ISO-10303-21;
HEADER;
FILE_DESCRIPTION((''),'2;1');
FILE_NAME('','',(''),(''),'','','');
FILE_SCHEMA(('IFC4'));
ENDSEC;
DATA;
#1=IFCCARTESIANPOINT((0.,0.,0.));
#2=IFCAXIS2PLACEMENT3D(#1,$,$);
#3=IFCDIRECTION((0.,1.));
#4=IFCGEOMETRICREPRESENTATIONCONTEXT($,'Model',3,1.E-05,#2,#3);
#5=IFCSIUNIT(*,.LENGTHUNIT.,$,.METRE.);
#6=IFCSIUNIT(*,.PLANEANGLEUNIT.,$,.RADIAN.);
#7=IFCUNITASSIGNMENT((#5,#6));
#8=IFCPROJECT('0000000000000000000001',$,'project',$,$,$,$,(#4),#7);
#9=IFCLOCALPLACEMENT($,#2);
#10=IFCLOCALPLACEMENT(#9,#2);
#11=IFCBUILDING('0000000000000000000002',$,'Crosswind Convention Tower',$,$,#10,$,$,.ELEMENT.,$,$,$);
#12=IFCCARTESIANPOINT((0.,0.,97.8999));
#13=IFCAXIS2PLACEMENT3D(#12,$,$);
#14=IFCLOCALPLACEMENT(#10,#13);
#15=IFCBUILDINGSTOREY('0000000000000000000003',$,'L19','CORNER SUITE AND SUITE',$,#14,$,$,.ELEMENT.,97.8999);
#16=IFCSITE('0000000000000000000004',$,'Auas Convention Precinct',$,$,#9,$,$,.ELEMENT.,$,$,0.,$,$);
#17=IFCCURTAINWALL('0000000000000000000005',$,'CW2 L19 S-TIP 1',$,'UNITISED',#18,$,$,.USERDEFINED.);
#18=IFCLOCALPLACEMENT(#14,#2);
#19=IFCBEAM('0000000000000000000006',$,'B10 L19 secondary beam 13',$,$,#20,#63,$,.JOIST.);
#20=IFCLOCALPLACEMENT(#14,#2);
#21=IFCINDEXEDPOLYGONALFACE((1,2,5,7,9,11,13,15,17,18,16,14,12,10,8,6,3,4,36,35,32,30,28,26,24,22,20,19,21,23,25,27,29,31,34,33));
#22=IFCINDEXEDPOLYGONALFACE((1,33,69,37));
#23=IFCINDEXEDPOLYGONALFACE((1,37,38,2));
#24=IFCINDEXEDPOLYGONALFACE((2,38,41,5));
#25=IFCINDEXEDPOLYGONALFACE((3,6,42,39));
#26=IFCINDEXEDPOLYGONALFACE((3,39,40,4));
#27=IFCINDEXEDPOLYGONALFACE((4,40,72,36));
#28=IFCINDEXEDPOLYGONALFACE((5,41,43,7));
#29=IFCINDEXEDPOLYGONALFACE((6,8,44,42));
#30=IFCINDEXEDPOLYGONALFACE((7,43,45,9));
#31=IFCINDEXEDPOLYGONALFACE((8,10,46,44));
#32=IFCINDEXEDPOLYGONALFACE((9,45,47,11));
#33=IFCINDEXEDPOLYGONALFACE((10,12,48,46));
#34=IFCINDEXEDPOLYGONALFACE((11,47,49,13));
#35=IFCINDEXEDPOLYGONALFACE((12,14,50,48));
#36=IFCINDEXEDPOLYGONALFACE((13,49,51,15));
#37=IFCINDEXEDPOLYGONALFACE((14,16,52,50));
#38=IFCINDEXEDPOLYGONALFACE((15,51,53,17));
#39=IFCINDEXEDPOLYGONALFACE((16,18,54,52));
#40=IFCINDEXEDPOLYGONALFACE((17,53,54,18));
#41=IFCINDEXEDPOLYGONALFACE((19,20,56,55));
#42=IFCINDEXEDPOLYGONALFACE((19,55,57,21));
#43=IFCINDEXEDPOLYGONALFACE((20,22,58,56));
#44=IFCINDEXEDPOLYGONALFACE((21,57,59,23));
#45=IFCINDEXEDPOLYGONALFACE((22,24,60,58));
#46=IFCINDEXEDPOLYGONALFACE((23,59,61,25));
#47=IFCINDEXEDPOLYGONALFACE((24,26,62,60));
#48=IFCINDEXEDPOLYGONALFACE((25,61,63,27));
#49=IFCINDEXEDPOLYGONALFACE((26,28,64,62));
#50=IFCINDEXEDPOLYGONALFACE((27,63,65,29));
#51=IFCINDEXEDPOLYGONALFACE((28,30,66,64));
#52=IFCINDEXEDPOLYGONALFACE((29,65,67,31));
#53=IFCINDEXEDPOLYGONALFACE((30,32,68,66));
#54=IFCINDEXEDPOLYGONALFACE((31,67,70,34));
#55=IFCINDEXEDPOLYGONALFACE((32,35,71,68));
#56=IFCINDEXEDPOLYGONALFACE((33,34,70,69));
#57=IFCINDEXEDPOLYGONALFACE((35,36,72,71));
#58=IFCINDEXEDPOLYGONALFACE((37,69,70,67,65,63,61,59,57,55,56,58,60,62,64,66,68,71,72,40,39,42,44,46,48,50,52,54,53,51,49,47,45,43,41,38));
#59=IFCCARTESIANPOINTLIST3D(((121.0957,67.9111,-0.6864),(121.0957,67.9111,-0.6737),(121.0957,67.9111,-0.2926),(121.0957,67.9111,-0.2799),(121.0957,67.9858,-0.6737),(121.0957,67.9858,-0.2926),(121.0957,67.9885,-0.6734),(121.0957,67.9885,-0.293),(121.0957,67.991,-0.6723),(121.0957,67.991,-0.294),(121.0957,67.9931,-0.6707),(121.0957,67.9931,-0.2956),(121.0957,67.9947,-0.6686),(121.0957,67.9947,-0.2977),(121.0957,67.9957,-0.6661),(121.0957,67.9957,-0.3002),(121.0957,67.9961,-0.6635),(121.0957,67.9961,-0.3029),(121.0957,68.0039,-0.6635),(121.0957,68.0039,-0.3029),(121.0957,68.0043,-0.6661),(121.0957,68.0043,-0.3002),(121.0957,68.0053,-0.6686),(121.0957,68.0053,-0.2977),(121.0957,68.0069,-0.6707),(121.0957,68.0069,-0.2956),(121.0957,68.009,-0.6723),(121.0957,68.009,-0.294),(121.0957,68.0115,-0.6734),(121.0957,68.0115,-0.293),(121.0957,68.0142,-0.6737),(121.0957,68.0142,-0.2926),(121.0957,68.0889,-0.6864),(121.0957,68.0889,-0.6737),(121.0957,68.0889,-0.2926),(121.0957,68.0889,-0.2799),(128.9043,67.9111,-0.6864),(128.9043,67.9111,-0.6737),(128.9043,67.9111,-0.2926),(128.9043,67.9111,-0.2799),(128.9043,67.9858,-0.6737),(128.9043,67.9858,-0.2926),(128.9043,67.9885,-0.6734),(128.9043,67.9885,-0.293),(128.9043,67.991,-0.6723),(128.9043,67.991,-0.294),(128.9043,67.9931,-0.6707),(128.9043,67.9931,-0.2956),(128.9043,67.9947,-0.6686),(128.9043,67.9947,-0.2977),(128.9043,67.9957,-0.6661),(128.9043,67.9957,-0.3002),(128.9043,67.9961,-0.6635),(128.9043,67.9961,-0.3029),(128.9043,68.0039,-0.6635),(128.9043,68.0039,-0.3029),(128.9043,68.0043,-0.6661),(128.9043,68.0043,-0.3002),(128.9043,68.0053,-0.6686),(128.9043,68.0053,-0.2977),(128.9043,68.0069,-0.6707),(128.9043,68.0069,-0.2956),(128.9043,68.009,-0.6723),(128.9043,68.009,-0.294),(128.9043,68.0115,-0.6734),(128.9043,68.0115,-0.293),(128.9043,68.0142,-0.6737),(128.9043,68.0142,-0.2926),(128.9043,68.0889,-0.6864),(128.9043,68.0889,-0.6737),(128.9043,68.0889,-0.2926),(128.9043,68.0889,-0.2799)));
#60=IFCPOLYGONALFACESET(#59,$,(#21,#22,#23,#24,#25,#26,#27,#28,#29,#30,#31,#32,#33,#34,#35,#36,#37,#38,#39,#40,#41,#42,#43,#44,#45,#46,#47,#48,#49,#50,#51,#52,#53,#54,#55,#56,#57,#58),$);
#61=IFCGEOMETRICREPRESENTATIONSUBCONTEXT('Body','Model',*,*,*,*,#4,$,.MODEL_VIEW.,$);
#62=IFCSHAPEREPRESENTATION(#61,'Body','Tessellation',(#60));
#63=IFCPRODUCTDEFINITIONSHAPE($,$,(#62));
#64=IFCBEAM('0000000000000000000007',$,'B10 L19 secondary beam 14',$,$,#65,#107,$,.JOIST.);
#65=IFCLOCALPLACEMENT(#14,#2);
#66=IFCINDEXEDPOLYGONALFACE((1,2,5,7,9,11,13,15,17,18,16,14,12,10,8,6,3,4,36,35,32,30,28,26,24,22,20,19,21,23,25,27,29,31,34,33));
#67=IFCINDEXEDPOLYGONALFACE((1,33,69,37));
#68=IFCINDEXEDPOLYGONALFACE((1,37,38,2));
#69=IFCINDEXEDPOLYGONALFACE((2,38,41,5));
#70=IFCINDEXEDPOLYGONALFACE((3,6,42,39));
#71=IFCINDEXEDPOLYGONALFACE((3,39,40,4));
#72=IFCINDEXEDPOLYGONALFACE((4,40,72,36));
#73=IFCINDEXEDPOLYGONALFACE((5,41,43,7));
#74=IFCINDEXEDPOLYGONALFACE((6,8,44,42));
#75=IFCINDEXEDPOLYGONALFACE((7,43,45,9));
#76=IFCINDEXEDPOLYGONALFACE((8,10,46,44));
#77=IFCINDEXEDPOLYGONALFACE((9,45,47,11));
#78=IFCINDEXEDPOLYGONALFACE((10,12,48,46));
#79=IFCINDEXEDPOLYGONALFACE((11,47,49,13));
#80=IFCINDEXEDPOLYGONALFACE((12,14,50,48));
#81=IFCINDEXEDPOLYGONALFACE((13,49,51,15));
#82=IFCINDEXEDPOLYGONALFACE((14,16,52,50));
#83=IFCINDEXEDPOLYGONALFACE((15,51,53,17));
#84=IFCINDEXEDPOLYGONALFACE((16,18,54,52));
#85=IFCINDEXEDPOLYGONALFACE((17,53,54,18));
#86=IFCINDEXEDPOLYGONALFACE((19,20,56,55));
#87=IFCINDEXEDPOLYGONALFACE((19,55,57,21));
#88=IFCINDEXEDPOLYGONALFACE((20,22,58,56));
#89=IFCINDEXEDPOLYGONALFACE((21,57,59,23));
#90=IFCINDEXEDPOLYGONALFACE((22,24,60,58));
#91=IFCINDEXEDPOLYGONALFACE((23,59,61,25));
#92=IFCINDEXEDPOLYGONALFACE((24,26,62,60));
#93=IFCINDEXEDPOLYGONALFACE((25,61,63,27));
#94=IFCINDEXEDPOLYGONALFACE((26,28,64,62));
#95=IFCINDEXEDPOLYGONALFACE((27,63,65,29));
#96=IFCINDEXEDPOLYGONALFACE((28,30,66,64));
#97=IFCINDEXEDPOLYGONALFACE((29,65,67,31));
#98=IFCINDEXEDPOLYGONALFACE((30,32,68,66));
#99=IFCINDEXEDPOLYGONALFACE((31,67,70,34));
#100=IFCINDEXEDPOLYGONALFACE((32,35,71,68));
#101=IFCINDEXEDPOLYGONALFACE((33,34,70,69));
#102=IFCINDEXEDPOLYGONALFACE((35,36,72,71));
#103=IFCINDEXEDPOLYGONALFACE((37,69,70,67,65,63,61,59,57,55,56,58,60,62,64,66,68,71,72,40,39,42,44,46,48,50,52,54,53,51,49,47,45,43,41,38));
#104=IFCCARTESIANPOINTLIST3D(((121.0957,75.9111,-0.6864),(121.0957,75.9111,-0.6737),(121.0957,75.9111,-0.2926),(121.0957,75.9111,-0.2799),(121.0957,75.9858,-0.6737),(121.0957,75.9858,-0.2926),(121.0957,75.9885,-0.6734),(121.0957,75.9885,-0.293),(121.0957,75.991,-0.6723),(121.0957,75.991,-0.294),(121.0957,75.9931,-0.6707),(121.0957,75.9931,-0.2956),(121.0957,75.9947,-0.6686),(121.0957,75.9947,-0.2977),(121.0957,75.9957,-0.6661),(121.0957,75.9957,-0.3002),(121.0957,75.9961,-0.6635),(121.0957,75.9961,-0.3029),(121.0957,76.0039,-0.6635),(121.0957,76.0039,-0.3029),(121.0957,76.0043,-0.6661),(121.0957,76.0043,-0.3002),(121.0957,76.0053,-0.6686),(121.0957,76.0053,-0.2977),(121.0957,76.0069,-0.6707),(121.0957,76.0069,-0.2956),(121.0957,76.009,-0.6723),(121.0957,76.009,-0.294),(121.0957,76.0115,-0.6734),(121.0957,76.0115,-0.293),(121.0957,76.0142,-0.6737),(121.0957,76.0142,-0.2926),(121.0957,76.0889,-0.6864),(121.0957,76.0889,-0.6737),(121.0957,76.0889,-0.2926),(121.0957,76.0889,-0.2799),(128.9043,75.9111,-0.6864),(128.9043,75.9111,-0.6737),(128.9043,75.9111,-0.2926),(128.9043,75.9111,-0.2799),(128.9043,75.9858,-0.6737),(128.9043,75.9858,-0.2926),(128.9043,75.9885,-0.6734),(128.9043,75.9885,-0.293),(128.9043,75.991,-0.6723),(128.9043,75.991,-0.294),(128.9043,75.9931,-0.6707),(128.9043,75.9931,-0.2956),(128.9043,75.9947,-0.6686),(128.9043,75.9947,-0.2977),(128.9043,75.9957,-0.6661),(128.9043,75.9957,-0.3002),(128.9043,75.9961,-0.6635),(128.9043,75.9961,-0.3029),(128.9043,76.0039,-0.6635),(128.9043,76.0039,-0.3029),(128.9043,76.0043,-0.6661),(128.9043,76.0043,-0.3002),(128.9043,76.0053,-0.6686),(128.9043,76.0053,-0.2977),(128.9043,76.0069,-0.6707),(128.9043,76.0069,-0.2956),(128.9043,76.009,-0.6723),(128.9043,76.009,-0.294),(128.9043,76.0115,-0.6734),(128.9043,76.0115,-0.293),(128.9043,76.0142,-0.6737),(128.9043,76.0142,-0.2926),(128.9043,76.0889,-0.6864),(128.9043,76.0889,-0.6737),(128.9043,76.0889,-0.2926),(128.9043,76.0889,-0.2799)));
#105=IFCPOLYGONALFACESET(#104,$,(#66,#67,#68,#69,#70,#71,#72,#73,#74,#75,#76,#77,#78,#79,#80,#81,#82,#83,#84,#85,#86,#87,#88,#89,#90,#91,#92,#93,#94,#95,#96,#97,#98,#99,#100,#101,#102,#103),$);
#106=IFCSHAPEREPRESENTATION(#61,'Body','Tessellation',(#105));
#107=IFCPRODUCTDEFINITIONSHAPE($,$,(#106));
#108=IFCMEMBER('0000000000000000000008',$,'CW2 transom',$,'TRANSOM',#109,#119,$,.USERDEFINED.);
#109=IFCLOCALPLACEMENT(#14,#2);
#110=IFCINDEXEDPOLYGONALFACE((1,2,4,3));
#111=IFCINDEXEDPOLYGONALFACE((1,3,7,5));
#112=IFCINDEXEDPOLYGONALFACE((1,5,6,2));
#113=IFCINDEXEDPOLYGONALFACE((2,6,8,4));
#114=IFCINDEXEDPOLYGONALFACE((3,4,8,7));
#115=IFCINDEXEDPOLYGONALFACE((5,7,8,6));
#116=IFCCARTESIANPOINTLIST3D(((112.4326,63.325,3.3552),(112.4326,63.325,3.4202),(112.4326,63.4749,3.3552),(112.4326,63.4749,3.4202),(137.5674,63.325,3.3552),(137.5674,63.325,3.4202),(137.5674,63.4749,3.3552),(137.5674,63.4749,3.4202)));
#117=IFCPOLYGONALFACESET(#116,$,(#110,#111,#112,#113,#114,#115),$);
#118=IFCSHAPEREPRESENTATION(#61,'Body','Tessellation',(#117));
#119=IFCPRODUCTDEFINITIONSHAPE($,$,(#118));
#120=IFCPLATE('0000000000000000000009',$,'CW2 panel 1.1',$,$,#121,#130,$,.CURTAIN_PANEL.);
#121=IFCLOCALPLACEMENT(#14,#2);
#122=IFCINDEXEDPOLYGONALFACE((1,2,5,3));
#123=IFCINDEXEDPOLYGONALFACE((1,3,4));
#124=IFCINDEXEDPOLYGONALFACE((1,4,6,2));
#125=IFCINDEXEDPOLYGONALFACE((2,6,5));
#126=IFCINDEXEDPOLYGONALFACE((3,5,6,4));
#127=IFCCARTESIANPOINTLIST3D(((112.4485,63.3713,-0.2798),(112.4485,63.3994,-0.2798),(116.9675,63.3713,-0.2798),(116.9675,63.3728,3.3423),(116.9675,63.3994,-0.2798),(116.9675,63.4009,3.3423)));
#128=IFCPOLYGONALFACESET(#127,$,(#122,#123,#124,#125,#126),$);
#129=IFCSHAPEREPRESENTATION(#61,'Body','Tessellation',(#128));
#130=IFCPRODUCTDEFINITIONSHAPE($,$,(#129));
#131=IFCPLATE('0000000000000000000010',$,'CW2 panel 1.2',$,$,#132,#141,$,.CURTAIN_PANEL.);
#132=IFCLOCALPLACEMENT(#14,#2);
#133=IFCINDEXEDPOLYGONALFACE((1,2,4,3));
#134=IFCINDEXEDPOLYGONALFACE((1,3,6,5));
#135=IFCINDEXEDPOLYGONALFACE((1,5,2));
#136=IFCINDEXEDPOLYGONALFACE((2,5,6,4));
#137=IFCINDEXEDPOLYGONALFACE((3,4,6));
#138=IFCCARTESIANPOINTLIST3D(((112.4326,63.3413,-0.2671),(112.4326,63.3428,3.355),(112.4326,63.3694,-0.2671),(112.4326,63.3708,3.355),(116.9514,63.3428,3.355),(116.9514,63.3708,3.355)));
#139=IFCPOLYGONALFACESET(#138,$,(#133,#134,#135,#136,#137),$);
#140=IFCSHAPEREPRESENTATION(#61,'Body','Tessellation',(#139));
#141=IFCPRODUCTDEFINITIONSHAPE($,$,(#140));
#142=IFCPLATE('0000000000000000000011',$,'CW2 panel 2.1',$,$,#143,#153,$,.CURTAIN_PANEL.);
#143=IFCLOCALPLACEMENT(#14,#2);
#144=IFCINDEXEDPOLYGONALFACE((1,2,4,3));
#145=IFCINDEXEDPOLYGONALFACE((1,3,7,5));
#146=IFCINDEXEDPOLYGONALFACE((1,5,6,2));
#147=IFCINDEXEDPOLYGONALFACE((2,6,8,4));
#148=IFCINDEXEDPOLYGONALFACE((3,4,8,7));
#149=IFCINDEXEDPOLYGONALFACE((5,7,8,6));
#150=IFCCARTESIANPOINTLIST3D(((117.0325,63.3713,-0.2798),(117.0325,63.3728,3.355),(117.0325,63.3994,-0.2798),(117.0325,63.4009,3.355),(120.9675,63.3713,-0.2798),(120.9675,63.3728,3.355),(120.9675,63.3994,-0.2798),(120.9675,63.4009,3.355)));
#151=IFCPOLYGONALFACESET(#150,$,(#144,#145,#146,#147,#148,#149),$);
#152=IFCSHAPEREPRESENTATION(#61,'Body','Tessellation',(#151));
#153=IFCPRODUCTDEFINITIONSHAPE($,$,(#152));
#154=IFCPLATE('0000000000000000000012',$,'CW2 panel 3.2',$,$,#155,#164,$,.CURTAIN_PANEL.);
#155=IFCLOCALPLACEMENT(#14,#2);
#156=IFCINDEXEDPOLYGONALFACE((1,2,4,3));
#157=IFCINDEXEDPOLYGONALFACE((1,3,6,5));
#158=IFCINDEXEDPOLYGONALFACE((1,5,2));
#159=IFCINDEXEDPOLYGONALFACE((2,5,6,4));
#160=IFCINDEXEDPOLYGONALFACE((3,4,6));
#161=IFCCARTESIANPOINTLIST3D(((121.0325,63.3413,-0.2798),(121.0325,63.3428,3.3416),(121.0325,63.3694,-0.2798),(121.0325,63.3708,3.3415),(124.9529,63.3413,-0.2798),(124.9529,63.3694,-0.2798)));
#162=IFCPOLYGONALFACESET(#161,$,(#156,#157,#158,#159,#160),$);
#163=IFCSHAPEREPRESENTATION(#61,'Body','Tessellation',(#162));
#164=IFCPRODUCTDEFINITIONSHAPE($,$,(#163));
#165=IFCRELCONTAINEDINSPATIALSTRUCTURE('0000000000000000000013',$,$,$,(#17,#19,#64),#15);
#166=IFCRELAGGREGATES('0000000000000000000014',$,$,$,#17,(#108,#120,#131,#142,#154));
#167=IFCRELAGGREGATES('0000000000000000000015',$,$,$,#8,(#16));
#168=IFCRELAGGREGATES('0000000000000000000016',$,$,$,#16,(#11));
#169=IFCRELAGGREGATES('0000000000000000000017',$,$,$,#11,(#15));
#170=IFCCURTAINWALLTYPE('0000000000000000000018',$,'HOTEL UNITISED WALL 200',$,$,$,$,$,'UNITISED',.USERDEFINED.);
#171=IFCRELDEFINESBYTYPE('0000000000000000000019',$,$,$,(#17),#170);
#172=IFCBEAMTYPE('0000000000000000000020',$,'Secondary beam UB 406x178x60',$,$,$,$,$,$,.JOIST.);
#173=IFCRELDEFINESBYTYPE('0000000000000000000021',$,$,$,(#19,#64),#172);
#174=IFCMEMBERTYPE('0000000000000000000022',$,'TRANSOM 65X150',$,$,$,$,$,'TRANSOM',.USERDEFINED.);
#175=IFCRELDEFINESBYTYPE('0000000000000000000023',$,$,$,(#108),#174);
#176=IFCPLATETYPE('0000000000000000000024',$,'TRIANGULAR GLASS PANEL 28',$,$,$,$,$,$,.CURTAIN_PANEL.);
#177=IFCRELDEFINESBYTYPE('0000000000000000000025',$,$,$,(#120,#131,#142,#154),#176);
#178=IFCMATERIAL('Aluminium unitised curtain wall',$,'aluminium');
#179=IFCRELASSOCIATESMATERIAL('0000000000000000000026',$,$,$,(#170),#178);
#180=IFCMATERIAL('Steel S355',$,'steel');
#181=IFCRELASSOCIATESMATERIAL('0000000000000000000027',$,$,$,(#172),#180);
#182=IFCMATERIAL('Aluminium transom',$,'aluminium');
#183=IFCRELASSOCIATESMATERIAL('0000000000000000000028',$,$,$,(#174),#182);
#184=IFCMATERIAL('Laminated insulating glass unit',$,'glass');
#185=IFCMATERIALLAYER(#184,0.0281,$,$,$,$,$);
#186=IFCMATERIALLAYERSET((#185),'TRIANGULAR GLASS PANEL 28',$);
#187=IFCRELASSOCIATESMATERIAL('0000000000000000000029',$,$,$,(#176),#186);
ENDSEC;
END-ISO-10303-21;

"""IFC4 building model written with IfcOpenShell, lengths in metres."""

from ifc_helpers import new_model, si_unit, direction, frame, origin, origin_2d, place, context, subcontext, project, spatial, polyline, rectangle, i_section, outline, extrude, material, layer, layer_set, material_profile, profile_set, type_object, element, aggregate, save


model = new_model("IFC4")

# Units and contexts
model_context = context("Model", 3, precision=1e-05, world=origin(), true_north=direction((0.0, 1.0)))
body_context = subcontext(model_context, "Body", "Model", "MODEL_VIEW")
ifc_project = project(units=[si_unit("LENGTHUNIT", "METRE"), si_unit("PLANEANGLEUNIT", "RADIAN")], contexts=[model_context])

# Site, building, storey
site_placement = place(None, origin())
site = spatial("IfcSite", under=ifc_project, at=site_placement, Name="Auas Convention Precinct", CompositionType="ELEMENT", RefElevation=0.0)
building_placement = place(site_placement, origin())
building = spatial("IfcBuilding", under=site, at=building_placement, Name="Crosswind Convention Tower", CompositionType="ELEMENT")
storey_placement = place(building_placement, frame((0.0, 0.0, 97.8999)))
storey = spatial("IfcBuildingStorey", under=building, at=storey_placement, Name="L19", Description="CORNER SUITE AND SUITE", CompositionType="ELEMENT", Elevation=97.8999)

# Shared definitions
ifc_material_1 = material(Name="Steel S355", Category="steel")

# Curtain wall
ifc_material_2 = material(Name="Aluminium unitised curtain wall", Category="aluminium")
curtain_wall_type = type_object("IfcCurtainWallType", Name="HOTEL UNITISED WALL 200", ElementType="UNITISED", PredefinedType="USERDEFINED", material=ifc_material_2)
curtain_wall_placement = place(storey_placement, origin())
curtain_wall = element("IfcCurtainWall", 1, at=curtain_wall_placement, inside=storey, type_object=curtain_wall_type, Name="CW2 L19 S-TIP 1", ObjectType="UNITISED", PredefinedType="USERDEFINED")

# Beams
ifc_material_profile_1 = material_profile(ifc_material_1, i_section(OverallWidth=0.1777, OverallDepth=0.4065, WebThickness=0.0078, FlangeThickness=0.0127, FilletRadius=0.0103, at=origin_2d()), Name="UB 406x178x60")
ifc_profile_set_1 = profile_set([ifc_material_profile_1], Name="Steel S355")
beam_type_1 = type_object("IfcBeamType", Name="Secondary beam UB 406x178x60", PredefinedType="JOIST", material=ifc_profile_set_1)
for number, where, z_axis, x_axis, name in (
    (2, (121.0957, 68.0, -0.4832), (1.0, 0.0, 0.0), (0.0, 1.0, 0.0), "B10 L19 secondary beam 13"),
    (3, (121.0957, 76.0, -0.4832), (1.0, 0.0, 0.0), (0.0, 1.0, 0.0), "B10 L19 secondary beam 14"),
):
    element("IfcBeam", number, at=place(storey_placement, frame(where, z_axis=z_axis, x_axis=x_axis)), inside=storey, type_object=beam_type_1, Name=name, PredefinedType="JOIST", context=body_context, shape_type="SweptSolid", body=[
        extrude(i_section(OverallWidth=0.1777, OverallDepth=0.4065, WebThickness=0.0078, FlangeThickness=0.0127, FilletRadius=0.0103, at=origin_2d()), origin(), (0.0, 0.0, 1.0), 7.8086),
    ])

# Member
ifc_material_3 = material(Name="Aluminium transom", Category="aluminium")
ifc_material_profile_2 = material_profile(ifc_material_3, rectangle(XDim=0.1499, YDim=0.0649, at=origin_2d()), Name="AL 150X65")
ifc_profile_set_2 = profile_set([ifc_material_profile_2], Name="Aluminium transom")
member_type_1 = type_object("IfcMemberType", Name="TRANSOM 65X150", ElementType="TRANSOM", PredefinedType="USERDEFINED", material=ifc_profile_set_2)
member_1_placement = place(storey_placement, frame((112.4326, 63.3999, 3.3877), z_axis=(1.0, 0.0, 0.0), x_axis=(0.0, 1.0, 0.0)))
member_1 = element("IfcMember", 4, at=member_1_placement, type_object=member_type_1, Name="CW2 transom", ObjectType="TRANSOM", PredefinedType="USERDEFINED", context=body_context, shape_type="SweptSolid", body=[
    extrude(rectangle(XDim=0.1499, YDim=0.0649, at=origin_2d()), origin(), (0.0, 0.0, 1.0), 25.1348),
])

# Plates
ifc_material_4 = material(Name="Laminated insulating glass unit", Category="glass")
ifc_layer_1 = layer(ifc_material_4, 0.0281)
ifc_layer_set_1 = layer_set([ifc_layer_1], Name="TRIANGULAR GLASS PANEL 28")
plate_type = type_object("IfcPlateType", Name="TRIANGULAR GLASS PANEL 28", PredefinedType="CURTAIN_PANEL", material=ifc_layer_set_1)
plate_1_placement = place(storey_placement, frame((116.9675, 63.3713, -0.2798), z_axis=(0.0, -1.0, 0.000404), x_axis=(0.0, 0.000404, 1.0)))
plate_1 = element("IfcPlate", 5, at=plate_1_placement, type_object=plate_type, Name="CW2 panel 1.1", PredefinedType="CURTAIN_PANEL", context=body_context, shape_type="SweptSolid", body=[
    extrude(outline(polyline([(0.0, 0.0), (3.6221, 0.0), (0.0, 4.519), (0.0, 0.0)])), origin(), (0.0, 0.0, -1.0), 0.0281),
])
plate_2_placement = place(storey_placement, frame((112.4326, 63.3428, 3.355), z_axis=(0.0, -1.0, 0.000404), x_axis=(0.0, -0.000404, -1.0)))
plate_2 = element("IfcPlate", 6, at=plate_2_placement, type_object=plate_type, Name="CW2 panel 1.2", PredefinedType="CURTAIN_PANEL", context=body_context, shape_type="SweptSolid", body=[
    extrude(outline(polyline([(0.0, 0.0), (3.6221, 0.0), (0.0, 4.5188), (0.0, 0.0)])), origin(), (0.0, 0.0, -1.0), 0.0281),
])
plate_3_placement = place(storey_placement, frame((117.0325, 63.3713, -0.2798), z_axis=(0.0, -1.0, 0.000403), x_axis=(1.0, 0.0, 0.0)))
plate_3 = element("IfcPlate", 7, at=plate_3_placement, type_object=plate_type, Name="CW2 panel 2.1", PredefinedType="CURTAIN_PANEL", context=body_context, shape_type="SweptSolid", body=[
    extrude(outline(polyline([(0.0, 0.0), (3.9351, 0.0), (3.9351, 3.6348), (0.0, 3.6348), (0.0, 0.0)])), origin(), (0.0, 0.0, -1.0), 0.0281),
])
plate_4_placement = place(storey_placement, frame((121.0325, 63.3413, -0.2798), z_axis=(0.0, -1.0, 0.000405), x_axis=(1.0, 0.0, 0.0)))
plate_4 = element("IfcPlate", 8, at=plate_4_placement, type_object=plate_type, Name="CW2 panel 3.2", PredefinedType="CURTAIN_PANEL", context=body_context, shape_type="SweptSolid", body=[
    extrude(outline(polyline([(0.0, 0.0), (3.9204, 0.0), (0.0, 3.6213), (0.0, 0.0)])), origin(), (0.0, 0.0, -1.0), 0.0281),
])

aggregate(curtain_wall, [member_1, plate_1, plate_2, plate_3, plate_4])

save(model, "model.ifc")
